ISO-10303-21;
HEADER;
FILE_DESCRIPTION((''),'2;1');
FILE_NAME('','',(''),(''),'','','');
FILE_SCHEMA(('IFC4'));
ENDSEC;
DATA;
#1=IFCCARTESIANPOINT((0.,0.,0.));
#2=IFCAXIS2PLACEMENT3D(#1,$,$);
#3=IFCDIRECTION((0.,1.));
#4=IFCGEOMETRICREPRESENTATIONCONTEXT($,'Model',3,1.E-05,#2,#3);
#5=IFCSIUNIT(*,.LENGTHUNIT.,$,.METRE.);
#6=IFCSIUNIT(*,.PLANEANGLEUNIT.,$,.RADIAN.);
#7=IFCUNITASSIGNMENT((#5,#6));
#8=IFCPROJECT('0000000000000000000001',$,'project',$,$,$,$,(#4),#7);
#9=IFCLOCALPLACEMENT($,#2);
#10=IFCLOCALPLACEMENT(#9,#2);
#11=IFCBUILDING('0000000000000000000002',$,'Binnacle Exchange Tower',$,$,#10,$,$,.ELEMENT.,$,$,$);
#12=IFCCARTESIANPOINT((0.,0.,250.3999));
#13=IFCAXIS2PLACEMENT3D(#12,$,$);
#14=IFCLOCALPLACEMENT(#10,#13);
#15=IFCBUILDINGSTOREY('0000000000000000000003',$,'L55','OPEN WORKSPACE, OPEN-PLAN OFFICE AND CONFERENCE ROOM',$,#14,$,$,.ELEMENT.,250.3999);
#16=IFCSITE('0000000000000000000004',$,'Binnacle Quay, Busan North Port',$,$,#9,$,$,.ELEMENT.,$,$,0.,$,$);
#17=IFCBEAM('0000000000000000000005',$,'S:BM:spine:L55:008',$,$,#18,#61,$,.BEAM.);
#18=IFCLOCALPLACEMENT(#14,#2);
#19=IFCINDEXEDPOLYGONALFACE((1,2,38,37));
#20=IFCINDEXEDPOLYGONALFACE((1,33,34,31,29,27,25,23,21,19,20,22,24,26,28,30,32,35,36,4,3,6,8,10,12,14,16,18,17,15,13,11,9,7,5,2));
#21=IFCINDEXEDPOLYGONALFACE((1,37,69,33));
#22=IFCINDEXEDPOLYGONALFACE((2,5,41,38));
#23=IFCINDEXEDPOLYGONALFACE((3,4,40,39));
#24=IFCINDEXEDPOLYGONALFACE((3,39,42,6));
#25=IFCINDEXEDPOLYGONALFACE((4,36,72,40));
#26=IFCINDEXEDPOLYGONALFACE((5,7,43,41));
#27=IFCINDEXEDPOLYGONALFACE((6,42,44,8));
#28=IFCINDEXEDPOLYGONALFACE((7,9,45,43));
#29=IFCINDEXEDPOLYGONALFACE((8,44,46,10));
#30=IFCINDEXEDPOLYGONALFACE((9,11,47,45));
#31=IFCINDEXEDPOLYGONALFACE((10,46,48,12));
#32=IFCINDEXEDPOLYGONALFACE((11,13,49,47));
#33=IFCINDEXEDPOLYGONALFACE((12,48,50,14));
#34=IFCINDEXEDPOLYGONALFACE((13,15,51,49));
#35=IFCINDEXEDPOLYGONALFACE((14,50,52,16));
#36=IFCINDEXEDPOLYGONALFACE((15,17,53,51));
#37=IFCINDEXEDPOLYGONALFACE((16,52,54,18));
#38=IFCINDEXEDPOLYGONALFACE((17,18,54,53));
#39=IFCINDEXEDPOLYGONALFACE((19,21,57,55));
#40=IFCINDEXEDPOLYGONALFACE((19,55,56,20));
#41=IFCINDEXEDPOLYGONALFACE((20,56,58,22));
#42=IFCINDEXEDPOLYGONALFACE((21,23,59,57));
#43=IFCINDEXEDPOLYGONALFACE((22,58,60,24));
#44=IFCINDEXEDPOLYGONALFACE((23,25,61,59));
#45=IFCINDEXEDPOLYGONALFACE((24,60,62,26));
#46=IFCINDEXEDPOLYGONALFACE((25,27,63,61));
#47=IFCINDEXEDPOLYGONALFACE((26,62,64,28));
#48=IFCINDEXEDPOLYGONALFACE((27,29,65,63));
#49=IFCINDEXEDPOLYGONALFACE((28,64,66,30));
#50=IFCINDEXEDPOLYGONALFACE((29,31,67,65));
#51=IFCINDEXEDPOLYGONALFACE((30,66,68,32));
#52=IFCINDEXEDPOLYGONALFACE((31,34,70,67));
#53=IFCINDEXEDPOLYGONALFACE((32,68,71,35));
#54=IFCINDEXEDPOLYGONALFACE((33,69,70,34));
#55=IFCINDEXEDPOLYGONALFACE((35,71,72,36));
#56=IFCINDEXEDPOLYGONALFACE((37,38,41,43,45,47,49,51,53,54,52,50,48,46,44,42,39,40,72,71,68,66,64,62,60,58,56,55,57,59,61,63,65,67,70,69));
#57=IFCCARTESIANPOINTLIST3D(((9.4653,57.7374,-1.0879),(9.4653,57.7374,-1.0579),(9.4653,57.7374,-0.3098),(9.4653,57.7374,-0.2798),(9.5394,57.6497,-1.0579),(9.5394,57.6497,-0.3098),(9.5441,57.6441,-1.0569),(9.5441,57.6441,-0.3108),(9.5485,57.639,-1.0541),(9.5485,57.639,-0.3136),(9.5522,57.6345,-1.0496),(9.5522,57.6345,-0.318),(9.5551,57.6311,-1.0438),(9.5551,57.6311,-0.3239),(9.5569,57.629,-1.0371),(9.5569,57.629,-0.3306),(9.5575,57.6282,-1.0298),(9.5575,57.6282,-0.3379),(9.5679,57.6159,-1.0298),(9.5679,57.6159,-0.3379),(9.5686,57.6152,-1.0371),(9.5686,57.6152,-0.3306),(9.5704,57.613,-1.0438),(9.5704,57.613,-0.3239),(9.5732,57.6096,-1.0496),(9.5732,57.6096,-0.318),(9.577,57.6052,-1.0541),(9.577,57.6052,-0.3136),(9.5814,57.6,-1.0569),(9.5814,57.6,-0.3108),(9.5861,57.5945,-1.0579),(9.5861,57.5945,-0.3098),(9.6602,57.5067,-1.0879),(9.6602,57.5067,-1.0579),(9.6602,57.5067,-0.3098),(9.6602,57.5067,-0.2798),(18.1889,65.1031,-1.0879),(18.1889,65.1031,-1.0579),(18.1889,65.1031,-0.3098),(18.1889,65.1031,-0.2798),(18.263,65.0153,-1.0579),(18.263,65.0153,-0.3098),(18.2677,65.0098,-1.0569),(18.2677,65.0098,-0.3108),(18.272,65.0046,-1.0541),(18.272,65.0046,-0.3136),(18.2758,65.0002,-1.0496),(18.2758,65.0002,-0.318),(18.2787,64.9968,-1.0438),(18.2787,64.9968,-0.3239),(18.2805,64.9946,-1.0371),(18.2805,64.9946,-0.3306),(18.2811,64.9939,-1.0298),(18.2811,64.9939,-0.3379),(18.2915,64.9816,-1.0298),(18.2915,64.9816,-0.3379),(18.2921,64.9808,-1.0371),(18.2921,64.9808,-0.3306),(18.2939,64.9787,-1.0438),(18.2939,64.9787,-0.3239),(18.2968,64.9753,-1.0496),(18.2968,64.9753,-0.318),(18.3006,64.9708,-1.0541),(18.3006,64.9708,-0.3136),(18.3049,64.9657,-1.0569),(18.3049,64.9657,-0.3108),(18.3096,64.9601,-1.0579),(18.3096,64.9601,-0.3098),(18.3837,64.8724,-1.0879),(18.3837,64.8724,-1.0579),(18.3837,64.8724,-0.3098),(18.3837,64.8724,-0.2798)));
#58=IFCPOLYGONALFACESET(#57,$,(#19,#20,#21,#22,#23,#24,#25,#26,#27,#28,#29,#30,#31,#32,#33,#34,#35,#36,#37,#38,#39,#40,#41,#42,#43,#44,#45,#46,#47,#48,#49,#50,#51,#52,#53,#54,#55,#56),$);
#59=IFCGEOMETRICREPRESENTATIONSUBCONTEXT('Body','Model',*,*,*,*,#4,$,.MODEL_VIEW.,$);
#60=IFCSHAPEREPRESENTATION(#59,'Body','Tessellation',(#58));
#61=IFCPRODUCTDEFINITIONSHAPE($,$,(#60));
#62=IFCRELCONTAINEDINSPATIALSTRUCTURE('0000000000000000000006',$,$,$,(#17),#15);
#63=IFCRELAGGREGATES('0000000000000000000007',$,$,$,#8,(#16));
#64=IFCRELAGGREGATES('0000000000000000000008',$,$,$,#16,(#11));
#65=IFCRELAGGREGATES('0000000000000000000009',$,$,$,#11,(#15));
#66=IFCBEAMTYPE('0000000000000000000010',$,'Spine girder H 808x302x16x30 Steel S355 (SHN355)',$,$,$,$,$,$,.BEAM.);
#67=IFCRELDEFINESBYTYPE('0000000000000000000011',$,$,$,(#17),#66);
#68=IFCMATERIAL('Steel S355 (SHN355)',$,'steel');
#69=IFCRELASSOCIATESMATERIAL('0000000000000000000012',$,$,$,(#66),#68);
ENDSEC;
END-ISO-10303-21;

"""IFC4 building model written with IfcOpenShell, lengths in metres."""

from ifc_helpers import new_model, si_unit, direction, frame, origin, origin_2d, place, context, subcontext, project, spatial, i_section, extrude, material, material_profile, profile_set, type_object, element, save


model = new_model("IFC4")

# Units and contexts
model_context = context("Model", 3, precision=1e-05, world=origin(), true_north=direction((0.0, 1.0)))
body_context = subcontext(model_context, "Body", "Model", "MODEL_VIEW")
ifc_project = project(units=[si_unit("LENGTHUNIT", "METRE"), si_unit("PLANEANGLEUNIT", "RADIAN")], contexts=[model_context])

# Site, building, storey
site_placement = place(None, origin())
site = spatial("IfcSite", under=ifc_project, at=site_placement, Name="Binnacle Quay, Busan North Port", CompositionType="ELEMENT", RefElevation=0.0)
building_placement = place(site_placement, origin())
building = spatial("IfcBuilding", under=site, at=building_placement, Name="Binnacle Exchange Tower", CompositionType="ELEMENT")
storey_placement = place(building_placement, frame((0.0, 0.0, 250.3999)))
storey = spatial("IfcBuildingStorey", under=building, at=storey_placement, Name="L55", Description="OPEN WORKSPACE, OPEN-PLAN OFFICE AND CONFERENCE ROOM", CompositionType="ELEMENT", Elevation=250.3999)

# Beam
ifc_material_1 = material(Name="Steel S355 (SHN355)", Category="steel")
ifc_material_profile_1 = material_profile(ifc_material_1, i_section(OverallWidth=0.302, OverallDepth=0.8081, WebThickness=0.0161, FlangeThickness=0.03, FilletRadius=0.0281, at=origin_2d()), Name="H 808x302x16x30")
ifc_profile_set_1 = profile_set([ifc_material_profile_1], Name="Steel S355 (SHN355)")
beam_type_1 = type_object("IfcBeamType", Name="Spine girder H 808x302x16x30 Steel S355 (SHN355)", PredefinedType="BEAM", material=ifc_profile_set_1)
beam_1_placement = place(storey_placement, frame((9.5627, 57.6221, -0.6838), z_axis=(0.764069, 0.645135, 0.0), x_axis=(-0.645135, 0.764069, 0.0)))
element("IfcBeam", 1, at=beam_1_placement, inside=storey, type_object=beam_type_1, Name="S:BM:spine:L55:008", PredefinedType="BEAM", context=body_context, shape_type="SweptSolid", body=[
    extrude(i_section(OverallWidth=0.302, OverallDepth=0.8081, WebThickness=0.0161, FlangeThickness=0.03, FilletRadius=0.0281, at=origin_2d()), origin(), (0.0, 0.0, 1.0), 11.4172),
])

save(model, "model.ifc")
